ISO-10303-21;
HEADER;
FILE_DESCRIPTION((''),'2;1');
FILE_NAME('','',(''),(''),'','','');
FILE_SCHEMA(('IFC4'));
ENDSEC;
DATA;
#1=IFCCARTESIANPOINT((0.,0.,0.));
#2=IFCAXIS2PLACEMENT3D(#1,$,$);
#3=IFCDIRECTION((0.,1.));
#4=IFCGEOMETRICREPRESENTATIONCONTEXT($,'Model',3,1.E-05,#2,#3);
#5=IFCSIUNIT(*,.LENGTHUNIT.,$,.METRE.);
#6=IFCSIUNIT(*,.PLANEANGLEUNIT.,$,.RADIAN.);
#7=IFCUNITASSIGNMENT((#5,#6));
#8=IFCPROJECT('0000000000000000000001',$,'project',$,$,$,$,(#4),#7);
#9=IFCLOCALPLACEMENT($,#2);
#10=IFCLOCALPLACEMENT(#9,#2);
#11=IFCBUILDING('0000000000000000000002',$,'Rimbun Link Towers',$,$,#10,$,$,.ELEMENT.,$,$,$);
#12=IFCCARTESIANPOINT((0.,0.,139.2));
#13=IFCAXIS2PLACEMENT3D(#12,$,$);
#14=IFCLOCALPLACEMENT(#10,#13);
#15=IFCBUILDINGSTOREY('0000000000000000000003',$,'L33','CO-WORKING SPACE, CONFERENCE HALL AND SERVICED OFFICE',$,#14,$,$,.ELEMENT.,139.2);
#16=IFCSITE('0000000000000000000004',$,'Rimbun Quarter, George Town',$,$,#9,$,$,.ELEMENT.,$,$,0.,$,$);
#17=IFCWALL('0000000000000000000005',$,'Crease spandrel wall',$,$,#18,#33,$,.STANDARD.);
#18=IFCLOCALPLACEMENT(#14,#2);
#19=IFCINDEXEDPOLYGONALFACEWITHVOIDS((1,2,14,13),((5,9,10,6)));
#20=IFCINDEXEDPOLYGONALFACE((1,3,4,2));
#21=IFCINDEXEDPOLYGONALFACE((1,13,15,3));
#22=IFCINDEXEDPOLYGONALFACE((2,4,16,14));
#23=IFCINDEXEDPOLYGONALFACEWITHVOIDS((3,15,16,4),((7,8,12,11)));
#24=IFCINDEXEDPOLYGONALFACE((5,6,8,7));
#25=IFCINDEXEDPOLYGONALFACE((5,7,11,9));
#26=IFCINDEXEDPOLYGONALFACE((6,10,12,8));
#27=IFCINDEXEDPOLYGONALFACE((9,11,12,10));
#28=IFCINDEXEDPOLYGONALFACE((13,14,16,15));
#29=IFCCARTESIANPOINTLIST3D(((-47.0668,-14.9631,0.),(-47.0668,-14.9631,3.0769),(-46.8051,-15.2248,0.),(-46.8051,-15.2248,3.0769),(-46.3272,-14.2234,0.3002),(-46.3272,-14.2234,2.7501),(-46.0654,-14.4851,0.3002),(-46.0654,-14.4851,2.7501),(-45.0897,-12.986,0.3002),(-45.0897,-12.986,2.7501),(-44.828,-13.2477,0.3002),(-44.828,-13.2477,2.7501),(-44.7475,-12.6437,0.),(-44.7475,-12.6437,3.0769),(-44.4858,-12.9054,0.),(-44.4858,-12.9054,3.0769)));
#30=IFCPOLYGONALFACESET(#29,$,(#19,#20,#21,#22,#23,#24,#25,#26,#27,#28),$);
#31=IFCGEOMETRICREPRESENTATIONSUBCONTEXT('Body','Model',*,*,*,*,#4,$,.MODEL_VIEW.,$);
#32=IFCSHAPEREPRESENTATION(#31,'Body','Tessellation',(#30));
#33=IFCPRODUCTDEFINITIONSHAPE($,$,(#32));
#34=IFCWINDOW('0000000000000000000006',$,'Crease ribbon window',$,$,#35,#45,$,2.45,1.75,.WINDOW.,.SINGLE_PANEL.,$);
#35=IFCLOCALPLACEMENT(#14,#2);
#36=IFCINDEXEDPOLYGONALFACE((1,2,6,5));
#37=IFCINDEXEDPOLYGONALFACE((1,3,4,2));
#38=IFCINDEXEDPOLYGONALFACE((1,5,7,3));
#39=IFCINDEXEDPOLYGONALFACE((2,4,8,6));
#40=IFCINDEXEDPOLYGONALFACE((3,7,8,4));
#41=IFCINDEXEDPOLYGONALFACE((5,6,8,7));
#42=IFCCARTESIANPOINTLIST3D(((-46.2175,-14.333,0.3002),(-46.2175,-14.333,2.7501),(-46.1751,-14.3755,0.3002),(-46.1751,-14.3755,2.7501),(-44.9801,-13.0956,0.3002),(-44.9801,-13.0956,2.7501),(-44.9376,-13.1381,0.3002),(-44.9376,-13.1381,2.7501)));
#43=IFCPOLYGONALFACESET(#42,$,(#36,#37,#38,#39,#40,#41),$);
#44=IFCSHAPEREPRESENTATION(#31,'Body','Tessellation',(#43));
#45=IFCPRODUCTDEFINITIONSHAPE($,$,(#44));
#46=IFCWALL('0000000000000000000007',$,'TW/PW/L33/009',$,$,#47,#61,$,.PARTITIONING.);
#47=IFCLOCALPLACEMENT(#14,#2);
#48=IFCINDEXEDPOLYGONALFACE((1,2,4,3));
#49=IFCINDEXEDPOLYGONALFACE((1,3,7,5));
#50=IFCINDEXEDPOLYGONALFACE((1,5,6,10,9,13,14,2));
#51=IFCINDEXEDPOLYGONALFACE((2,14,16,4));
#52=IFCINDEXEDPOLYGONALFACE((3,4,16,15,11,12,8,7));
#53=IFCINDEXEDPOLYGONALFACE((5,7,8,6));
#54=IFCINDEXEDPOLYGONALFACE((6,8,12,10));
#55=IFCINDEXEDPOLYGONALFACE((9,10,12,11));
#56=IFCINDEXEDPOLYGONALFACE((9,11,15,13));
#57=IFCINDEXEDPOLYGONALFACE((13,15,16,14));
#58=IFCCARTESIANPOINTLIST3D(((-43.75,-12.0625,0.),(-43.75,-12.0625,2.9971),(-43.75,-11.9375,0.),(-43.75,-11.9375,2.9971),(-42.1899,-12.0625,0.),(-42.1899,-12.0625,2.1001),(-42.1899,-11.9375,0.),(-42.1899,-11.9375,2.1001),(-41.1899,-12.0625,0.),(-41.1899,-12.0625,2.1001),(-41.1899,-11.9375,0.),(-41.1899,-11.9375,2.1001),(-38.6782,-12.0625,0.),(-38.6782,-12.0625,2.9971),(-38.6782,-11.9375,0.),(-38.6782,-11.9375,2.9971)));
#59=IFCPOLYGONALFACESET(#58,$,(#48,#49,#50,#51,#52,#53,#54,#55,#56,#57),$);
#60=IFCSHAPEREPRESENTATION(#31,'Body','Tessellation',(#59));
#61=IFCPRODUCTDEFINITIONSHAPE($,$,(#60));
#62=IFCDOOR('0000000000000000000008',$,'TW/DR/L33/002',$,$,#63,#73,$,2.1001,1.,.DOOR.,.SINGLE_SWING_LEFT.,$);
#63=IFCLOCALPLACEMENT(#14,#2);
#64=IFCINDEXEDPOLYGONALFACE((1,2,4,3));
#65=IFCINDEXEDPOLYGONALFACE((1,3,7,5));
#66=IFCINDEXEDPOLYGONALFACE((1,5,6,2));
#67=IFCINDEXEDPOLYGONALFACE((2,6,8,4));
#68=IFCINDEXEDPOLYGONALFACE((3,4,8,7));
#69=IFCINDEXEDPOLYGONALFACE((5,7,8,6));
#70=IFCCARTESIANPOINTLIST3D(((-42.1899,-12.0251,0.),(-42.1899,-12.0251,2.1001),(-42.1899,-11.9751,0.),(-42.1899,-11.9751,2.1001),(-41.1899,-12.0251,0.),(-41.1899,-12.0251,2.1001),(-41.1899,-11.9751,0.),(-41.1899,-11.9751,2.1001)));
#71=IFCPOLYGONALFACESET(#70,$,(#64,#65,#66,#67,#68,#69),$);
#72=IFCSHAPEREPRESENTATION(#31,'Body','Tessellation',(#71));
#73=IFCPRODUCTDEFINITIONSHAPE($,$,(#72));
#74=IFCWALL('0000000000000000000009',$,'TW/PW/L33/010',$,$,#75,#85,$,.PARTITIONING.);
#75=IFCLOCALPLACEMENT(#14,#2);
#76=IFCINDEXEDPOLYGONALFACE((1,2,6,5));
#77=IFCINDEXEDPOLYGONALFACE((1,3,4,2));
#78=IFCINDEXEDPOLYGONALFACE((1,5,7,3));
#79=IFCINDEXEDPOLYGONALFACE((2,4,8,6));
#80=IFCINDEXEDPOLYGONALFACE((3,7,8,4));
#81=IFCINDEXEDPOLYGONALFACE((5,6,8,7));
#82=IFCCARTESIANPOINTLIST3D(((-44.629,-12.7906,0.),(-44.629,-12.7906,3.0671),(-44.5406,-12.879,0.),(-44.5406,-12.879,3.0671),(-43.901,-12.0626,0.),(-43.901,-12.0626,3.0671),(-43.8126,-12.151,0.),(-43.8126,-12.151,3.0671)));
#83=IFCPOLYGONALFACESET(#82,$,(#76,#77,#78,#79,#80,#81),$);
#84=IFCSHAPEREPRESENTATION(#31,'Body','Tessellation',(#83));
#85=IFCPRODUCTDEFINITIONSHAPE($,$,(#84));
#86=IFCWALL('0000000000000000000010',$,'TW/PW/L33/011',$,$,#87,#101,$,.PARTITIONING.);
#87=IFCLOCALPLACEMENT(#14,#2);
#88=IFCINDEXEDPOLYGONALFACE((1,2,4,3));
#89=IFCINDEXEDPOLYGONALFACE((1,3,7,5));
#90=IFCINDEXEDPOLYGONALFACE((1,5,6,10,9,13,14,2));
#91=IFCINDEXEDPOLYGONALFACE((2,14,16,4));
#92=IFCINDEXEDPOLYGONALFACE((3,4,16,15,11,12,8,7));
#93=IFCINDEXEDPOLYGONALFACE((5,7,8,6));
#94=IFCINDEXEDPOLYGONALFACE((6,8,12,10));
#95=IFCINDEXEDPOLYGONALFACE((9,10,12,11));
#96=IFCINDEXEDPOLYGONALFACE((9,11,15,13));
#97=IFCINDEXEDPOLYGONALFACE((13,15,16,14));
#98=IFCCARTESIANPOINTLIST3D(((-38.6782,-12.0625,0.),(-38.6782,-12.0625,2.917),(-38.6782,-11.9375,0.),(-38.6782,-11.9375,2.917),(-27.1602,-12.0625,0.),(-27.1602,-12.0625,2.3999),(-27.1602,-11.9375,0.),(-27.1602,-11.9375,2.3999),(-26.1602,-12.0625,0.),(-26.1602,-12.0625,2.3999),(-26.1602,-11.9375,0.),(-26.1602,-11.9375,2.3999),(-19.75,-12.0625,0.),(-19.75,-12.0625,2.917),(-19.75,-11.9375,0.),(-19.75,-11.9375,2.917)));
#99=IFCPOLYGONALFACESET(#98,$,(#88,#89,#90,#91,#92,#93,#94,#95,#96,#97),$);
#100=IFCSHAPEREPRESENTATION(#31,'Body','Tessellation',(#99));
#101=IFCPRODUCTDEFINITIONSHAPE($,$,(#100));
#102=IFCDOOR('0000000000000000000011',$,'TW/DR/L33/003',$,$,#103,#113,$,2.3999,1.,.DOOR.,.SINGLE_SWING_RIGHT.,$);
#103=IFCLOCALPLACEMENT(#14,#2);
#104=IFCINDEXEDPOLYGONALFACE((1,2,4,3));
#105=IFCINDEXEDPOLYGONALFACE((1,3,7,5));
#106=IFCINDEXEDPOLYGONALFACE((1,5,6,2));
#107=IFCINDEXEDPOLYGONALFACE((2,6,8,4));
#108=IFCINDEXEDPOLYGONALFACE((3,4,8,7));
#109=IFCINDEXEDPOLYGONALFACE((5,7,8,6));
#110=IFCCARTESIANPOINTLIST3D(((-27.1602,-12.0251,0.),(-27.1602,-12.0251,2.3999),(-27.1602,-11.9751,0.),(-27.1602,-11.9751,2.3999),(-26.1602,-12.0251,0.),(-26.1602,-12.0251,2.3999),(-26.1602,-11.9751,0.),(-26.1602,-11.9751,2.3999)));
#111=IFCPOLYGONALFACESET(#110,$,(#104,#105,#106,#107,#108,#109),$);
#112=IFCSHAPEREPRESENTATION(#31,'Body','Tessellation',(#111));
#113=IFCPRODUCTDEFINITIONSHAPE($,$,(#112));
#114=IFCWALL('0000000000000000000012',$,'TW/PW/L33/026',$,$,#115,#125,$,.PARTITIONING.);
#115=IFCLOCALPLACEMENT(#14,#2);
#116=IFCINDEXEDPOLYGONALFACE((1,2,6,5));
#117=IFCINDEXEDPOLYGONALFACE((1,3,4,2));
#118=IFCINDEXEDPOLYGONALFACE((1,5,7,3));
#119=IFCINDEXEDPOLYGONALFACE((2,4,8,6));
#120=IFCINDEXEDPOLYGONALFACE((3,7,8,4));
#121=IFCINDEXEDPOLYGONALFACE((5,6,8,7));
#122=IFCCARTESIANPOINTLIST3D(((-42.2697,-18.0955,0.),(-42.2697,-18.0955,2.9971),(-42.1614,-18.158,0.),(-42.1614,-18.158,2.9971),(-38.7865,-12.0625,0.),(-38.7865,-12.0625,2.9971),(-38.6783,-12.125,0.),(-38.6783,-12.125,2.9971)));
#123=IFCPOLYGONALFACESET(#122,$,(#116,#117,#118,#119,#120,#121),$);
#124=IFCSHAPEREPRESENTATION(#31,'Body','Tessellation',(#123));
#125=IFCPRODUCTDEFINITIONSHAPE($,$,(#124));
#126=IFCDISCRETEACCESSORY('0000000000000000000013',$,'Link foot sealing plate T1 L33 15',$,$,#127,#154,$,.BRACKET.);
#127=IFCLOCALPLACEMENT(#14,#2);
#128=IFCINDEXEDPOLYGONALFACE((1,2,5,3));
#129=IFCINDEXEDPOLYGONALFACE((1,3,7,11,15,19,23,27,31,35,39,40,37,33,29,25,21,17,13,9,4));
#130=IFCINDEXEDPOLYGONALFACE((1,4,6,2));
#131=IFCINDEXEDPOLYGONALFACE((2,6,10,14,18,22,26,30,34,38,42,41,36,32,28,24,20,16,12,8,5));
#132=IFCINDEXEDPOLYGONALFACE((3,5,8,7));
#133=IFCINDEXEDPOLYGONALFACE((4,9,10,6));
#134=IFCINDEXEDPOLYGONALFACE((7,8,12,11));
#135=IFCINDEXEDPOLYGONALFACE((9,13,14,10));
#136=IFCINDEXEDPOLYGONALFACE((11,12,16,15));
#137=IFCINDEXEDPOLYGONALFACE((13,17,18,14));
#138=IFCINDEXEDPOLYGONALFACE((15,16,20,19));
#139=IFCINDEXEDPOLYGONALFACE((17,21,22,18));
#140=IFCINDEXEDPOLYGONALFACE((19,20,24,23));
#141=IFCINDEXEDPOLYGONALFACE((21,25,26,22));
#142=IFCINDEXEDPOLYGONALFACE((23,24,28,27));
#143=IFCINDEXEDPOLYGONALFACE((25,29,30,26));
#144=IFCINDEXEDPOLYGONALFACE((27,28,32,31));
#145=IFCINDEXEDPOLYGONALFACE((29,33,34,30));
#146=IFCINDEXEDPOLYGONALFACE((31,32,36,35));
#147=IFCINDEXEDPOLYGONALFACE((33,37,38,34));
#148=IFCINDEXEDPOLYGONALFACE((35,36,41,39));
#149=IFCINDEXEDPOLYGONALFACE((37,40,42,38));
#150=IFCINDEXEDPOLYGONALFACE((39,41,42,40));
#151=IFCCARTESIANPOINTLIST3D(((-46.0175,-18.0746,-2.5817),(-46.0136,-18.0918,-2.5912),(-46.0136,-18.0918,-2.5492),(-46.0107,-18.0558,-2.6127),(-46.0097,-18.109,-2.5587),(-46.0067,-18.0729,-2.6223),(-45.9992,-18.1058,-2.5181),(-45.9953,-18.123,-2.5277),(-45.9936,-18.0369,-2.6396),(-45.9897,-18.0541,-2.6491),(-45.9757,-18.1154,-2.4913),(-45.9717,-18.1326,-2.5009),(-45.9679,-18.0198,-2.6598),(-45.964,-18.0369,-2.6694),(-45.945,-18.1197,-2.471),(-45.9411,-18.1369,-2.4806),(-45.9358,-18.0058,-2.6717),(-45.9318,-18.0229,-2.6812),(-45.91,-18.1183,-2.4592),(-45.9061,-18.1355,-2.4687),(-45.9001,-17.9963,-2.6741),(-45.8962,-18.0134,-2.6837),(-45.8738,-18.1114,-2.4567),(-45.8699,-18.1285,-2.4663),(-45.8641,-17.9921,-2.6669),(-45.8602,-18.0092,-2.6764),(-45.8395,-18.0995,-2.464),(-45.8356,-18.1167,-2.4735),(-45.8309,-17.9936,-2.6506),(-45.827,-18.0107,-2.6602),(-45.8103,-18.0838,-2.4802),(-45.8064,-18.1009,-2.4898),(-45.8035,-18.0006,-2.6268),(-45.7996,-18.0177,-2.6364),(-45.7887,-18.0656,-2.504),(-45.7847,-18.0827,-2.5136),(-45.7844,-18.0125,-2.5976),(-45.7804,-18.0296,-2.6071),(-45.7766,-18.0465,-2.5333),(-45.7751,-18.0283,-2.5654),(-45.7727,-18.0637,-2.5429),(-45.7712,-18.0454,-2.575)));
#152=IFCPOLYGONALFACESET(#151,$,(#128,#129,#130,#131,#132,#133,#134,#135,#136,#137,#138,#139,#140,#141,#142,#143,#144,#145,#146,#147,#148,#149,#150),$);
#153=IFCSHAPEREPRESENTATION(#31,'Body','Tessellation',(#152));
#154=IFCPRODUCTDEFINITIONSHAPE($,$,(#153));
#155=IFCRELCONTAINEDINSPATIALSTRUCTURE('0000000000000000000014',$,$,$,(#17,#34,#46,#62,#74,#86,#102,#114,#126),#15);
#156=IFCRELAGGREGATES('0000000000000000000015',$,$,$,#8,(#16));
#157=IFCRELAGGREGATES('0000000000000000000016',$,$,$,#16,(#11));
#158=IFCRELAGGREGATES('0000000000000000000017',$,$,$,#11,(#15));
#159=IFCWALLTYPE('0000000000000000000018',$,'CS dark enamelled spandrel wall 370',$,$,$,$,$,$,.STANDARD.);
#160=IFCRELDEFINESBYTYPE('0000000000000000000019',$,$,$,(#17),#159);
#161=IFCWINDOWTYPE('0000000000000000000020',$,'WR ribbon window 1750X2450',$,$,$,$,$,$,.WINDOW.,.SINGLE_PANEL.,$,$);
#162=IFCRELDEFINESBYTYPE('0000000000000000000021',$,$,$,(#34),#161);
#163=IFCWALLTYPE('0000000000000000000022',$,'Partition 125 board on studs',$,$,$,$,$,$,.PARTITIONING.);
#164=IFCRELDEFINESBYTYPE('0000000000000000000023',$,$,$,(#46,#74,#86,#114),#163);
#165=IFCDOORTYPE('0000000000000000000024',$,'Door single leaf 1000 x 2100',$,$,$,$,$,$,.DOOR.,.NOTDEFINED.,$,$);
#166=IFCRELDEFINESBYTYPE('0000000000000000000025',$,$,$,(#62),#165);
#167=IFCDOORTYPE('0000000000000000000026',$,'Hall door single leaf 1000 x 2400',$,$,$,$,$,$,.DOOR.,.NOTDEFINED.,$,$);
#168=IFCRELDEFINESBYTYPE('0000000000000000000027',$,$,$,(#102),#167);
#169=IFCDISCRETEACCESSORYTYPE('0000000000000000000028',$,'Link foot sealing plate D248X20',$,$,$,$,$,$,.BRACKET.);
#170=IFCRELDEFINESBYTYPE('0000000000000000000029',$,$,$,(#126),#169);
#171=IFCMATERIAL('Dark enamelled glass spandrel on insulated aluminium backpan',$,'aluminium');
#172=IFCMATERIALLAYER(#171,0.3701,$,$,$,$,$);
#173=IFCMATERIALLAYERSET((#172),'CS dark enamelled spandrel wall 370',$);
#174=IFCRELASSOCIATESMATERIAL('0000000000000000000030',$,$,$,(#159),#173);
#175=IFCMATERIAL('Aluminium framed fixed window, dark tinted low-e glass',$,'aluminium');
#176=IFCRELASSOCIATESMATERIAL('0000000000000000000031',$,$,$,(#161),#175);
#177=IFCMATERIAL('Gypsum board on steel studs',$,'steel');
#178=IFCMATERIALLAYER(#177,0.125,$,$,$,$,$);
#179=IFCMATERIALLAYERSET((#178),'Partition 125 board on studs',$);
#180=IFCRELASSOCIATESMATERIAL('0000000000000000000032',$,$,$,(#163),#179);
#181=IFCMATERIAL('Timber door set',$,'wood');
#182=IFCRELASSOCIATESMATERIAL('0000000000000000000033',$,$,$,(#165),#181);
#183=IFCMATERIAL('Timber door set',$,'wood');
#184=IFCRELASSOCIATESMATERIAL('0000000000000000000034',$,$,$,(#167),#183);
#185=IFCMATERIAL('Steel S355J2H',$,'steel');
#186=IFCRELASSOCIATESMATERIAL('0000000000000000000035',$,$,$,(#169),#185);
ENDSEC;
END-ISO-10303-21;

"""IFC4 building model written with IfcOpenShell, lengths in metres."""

from ifc_helpers import new_model, si_unit, direction, frame, frame_2d, origin, origin_2d, place, context, subcontext, project, spatial, rectangle, circle, extrude, material, layer, layer_set, material_profile, profile_set, type_object, element, fill, save


model = new_model("IFC4")

# Units and contexts
model_context = context("Model", 3, precision=1e-05, world=origin(), true_north=direction((0.0, 1.0)))
body_context = subcontext(model_context, "Body", "Model", "MODEL_VIEW")
ifc_project = project(units=[si_unit("LENGTHUNIT", "METRE"), si_unit("PLANEANGLEUNIT", "RADIAN")], contexts=[model_context])

# Site, building, storey
site_placement = place(None, origin())
site = spatial("IfcSite", under=ifc_project, at=site_placement, Name="Rimbun Quarter, George Town", CompositionType="ELEMENT", RefElevation=0.0)
building_placement = place(site_placement, origin())
building = spatial("IfcBuilding", under=site, at=building_placement, Name="Rimbun Link Towers", CompositionType="ELEMENT")
storey_placement = place(building_placement, frame((0.0, 0.0, 139.2)))
storey = spatial("IfcBuildingStorey", under=building, at=storey_placement, Name="L33", Description="CO-WORKING SPACE, CONFERENCE HALL AND SERVICED OFFICE", CompositionType="ELEMENT", Elevation=139.2)

# Wall, opening, window
ifc_material_1 = material(Name="Dark enamelled glass spandrel on insulated aluminium backpan", Category="aluminium")
ifc_layer_1 = layer(ifc_material_1, 0.3701)
ifc_layer_set_1 = layer_set([ifc_layer_1], Name="CS dark enamelled spandrel wall 370")
wall_type_1 = type_object("IfcWallType", Name="CS dark enamelled spandrel wall 370", PredefinedType="STANDARD", material=ifc_layer_set_1)
wall_1_placement = place(storey_placement, frame((-46.936, -15.094, 0.0), z_axis=(0.0, 0.0, 1.0), x_axis=(0.707107, 0.707107, 0.0)))
wall_1 = element("IfcWall", 1, at=wall_1_placement, inside=storey, type_object=wall_type_1, Name="Crease spandrel wall", PredefinedType="STANDARD", context=body_context, shape_type="SweptSolid", body=[
    extrude(rectangle(XDim=3.28, YDim=0.3701, at=frame_2d((1.6401, 0.0))), origin(), (0.0, 0.0, 1.0), 3.0769),
])
opening_1_placement = place(wall_1_placement, frame((1.0461, 0.0, 0.3)))
opening_1 = element("IfcOpeningElement", 2, at=opening_1_placement, cuts=wall_1, PredefinedType="OPENING", context=body_context, shape_type="SweptSolid", body=[
    extrude(rectangle(XDim=1.75, YDim=2.45, at=frame_2d((0.875, 1.2251))), frame((0.0, 0.1951, 0.0), z_axis=(0.0, -1.0, 0.0), x_axis=(1.0, 0.0, 0.0)), (0.0, 0.0, 1.0), 0.3901),
])
ifc_material_2 = material(Name="Aluminium framed fixed window, dark tinted low-e glass", Category="aluminium")
window_type_1 = type_object("IfcWindowType", Name="WR ribbon window 1750X2450", PartitioningType="SINGLE_PANEL", PredefinedType="WINDOW", material=ifc_material_2)
window_1_placement = place(opening_1_placement, origin())
window_1 = element("IfcWindow", 3, at=window_1_placement, inside=storey, type_object=window_type_1, Name="Crease ribbon window", OverallHeight=2.45, OverallWidth=1.75, PartitioningType="SINGLE_PANEL", PredefinedType="WINDOW", context=body_context, shape_type="SweptSolid", body=[
    extrude(rectangle(XDim=1.75, YDim=2.45, at=frame_2d((0.875, 1.2251))), frame((0.0, 0.03, 0.0), z_axis=(0.0, -1.0, 0.0), x_axis=(1.0, 0.0, 0.0)), (0.0, 0.0, 1.0), 0.0601),
])
fill(opening_1, window_1)

# Wall, opening, door
ifc_material_3 = material(Name="Gypsum board on steel studs", Category="steel")
ifc_layer_2 = layer(ifc_material_3, 0.125)
ifc_layer_set_2 = layer_set([ifc_layer_2], Name="Partition 125 board on studs")
wall_type_2 = type_object("IfcWallType", Name="Partition 125 board on studs", PredefinedType="PARTITIONING", material=ifc_layer_set_2)
wall_2_placement = place(storey_placement, frame((-43.75, -12.0, 0.0), z_axis=(0.0, 0.0, 1.0), x_axis=(1.0, 0.0, 0.0)))
wall_2 = element("IfcWall", 4, at=wall_2_placement, inside=storey, type_object=wall_type_2, Name="TW/PW/L33/009", PredefinedType="PARTITIONING", context=body_context, shape_type="SweptSolid", body=[
    extrude(rectangle(XDim=5.0718, YDim=0.125, at=frame_2d((2.5359, 0.0))), origin(), (0.0, 0.0, 1.0), 2.9971),
])
opening_2_placement = place(wall_2_placement, frame((1.5601, 0.0, 0.0)))
opening_2 = element("IfcOpeningElement", 5, at=opening_2_placement, cuts=wall_2, PredefinedType="OPENING", context=body_context, shape_type="SweptSolid", body=[
    extrude(rectangle(XDim=1.0, YDim=2.1001, at=frame_2d((0.5, 1.05))), frame((0.0, 0.0725, 0.0), z_axis=(0.0, -1.0, 0.0), x_axis=(1.0, 0.0, 0.0)), (0.0, 0.0, 1.0), 0.145),
])
ifc_material_4 = material(Name="Timber door set", Category="wood")
door_type_1 = type_object("IfcDoorType", Name="Door single leaf 1000 x 2100", OperationType="NOTDEFINED", PredefinedType="DOOR", material=ifc_material_4)
door_1_placement = place(opening_2_placement, origin())
door_1 = element("IfcDoor", 6, at=door_1_placement, inside=storey, type_object=door_type_1, Name="TW/DR/L33/002", OperationType="SINGLE_SWING_LEFT", OverallHeight=2.1001, OverallWidth=1.0, PredefinedType="DOOR", context=body_context, shape_type="SweptSolid", body=[
    extrude(rectangle(XDim=1.0, YDim=2.1001, at=frame_2d((0.5, 1.05))), frame((0.0, 0.0249, 0.0), z_axis=(0.0, -1.0, 0.0), x_axis=(1.0, 0.0, 0.0)), (0.0, 0.0, 1.0), 0.05),
])
fill(opening_2, door_1)

# Wall
wall_3_placement = place(storey_placement, frame((-44.5847, -12.8347, 0.0), z_axis=(0.0, 0.0, 1.0), x_axis=(0.707107, 0.707107, 0.0)))
element("IfcWall", 7, at=wall_3_placement, inside=storey, type_object=wall_type_2, Name="TW/PW/L33/010", PredefinedType="PARTITIONING", context=body_context, shape_type="SweptSolid", body=[
    extrude(rectangle(XDim=1.0295, YDim=0.125, at=frame_2d((0.5146, 0.0))), origin(), (0.0, 0.0, 1.0), 3.0671),
])

# Wall, opening, door
wall_4_placement = place(storey_placement, frame((-38.6782, -12.0, 0.0), z_axis=(0.0, 0.0, 1.0), x_axis=(1.0, 0.0, 0.0)))
wall_4 = element("IfcWall", 8, at=wall_4_placement, inside=storey, type_object=wall_type_2, Name="TW/PW/L33/011", PredefinedType="PARTITIONING", context=body_context, shape_type="SweptSolid", body=[
    extrude(rectangle(XDim=18.9282, YDim=0.125, at=frame_2d((9.4641, 0.0))), origin(), (0.0, 0.0, 1.0), 2.917),
])
opening_3_placement = place(wall_4_placement, frame((11.5181, 0.0, 0.0)))
opening_3 = element("IfcOpeningElement", 9, at=opening_3_placement, cuts=wall_4, PredefinedType="OPENING", context=body_context, shape_type="SweptSolid", body=[
    extrude(rectangle(XDim=1.0, YDim=2.3999, at=frame_2d((0.5, 1.2))), frame((0.0, 0.0725, 0.0), z_axis=(0.0, -1.0, 0.0), x_axis=(1.0, 0.0, 0.0)), (0.0, 0.0, 1.0), 0.145),
])
ifc_material_5 = material(Name="Timber door set", Category="wood")
door_type_2 = type_object("IfcDoorType", Name="Hall door single leaf 1000 x 2400", OperationType="NOTDEFINED", PredefinedType="DOOR", material=ifc_material_5)
door_2_placement = place(opening_3_placement, origin())
door_2 = element("IfcDoor", 10, at=door_2_placement, inside=storey, type_object=door_type_2, Name="TW/DR/L33/003", OperationType="SINGLE_SWING_RIGHT", OverallHeight=2.3999, OverallWidth=1.0, PredefinedType="DOOR", context=body_context, shape_type="SweptSolid", body=[
    extrude(rectangle(XDim=1.0, YDim=2.3999, at=frame_2d((0.5, 1.2))), frame((0.0, 0.0249, 0.0), z_axis=(0.0, -1.0, 0.0), x_axis=(1.0, 0.0, 0.0)), (0.0, 0.0, 1.0), 0.05),
])
fill(opening_3, door_2)

# Wall
wall_5_placement = place(storey_placement, frame((-42.2156, -18.1267, 0.0), z_axis=(0.0, 0.0, 1.0), x_axis=(0.500003, 0.866024, 0.0)))
element("IfcWall", 11, at=wall_5_placement, inside=storey, type_object=wall_type_2, Name="TW/PW/L33/026", PredefinedType="PARTITIONING", context=body_context, shape_type="SweptSolid", body=[
    extrude(rectangle(XDim=6.9663, YDim=0.125, at=frame_2d((3.4832, 0.0))), origin(), (0.0, 0.0, 1.0), 2.9971),
])

# Discrete accessory
ifc_material_6 = material(Name="Steel S355J2H", Category="steel")
ifc_material_profile_1 = material_profile(ifc_material_6, circle(Radius=0.124, at=origin_2d()), Name="PL D248")
ifc_profile_set_1 = profile_set([ifc_material_profile_1], Name="Steel S355J2H")
discrete_accessory_type = type_object("IfcDiscreteAccessoryType", Name="Link foot sealing plate D248X20", PredefinedType="BRACKET", material=ifc_profile_set_1)
for number, where, z_axis, x_axis, name in (
    (12, (-45.896, -18.0559, -2.5654), (0.195807, -0.856658, -0.477281), (0.974859, 0.222825, 0.0), "Link foot sealing plate T1 L33 15"),
):
    element("IfcDiscreteAccessory", number, at=place(storey_placement, frame(where, z_axis=z_axis, x_axis=x_axis)), inside=storey, type_object=discrete_accessory_type, Name=name, PredefinedType="BRACKET", context=body_context, shape_type="SweptSolid", body=[
        extrude(circle(Radius=0.124, at=origin_2d()), origin(), (0.0, 0.0, 1.0), 0.02),
    ])

save(model, "model.ifc")
